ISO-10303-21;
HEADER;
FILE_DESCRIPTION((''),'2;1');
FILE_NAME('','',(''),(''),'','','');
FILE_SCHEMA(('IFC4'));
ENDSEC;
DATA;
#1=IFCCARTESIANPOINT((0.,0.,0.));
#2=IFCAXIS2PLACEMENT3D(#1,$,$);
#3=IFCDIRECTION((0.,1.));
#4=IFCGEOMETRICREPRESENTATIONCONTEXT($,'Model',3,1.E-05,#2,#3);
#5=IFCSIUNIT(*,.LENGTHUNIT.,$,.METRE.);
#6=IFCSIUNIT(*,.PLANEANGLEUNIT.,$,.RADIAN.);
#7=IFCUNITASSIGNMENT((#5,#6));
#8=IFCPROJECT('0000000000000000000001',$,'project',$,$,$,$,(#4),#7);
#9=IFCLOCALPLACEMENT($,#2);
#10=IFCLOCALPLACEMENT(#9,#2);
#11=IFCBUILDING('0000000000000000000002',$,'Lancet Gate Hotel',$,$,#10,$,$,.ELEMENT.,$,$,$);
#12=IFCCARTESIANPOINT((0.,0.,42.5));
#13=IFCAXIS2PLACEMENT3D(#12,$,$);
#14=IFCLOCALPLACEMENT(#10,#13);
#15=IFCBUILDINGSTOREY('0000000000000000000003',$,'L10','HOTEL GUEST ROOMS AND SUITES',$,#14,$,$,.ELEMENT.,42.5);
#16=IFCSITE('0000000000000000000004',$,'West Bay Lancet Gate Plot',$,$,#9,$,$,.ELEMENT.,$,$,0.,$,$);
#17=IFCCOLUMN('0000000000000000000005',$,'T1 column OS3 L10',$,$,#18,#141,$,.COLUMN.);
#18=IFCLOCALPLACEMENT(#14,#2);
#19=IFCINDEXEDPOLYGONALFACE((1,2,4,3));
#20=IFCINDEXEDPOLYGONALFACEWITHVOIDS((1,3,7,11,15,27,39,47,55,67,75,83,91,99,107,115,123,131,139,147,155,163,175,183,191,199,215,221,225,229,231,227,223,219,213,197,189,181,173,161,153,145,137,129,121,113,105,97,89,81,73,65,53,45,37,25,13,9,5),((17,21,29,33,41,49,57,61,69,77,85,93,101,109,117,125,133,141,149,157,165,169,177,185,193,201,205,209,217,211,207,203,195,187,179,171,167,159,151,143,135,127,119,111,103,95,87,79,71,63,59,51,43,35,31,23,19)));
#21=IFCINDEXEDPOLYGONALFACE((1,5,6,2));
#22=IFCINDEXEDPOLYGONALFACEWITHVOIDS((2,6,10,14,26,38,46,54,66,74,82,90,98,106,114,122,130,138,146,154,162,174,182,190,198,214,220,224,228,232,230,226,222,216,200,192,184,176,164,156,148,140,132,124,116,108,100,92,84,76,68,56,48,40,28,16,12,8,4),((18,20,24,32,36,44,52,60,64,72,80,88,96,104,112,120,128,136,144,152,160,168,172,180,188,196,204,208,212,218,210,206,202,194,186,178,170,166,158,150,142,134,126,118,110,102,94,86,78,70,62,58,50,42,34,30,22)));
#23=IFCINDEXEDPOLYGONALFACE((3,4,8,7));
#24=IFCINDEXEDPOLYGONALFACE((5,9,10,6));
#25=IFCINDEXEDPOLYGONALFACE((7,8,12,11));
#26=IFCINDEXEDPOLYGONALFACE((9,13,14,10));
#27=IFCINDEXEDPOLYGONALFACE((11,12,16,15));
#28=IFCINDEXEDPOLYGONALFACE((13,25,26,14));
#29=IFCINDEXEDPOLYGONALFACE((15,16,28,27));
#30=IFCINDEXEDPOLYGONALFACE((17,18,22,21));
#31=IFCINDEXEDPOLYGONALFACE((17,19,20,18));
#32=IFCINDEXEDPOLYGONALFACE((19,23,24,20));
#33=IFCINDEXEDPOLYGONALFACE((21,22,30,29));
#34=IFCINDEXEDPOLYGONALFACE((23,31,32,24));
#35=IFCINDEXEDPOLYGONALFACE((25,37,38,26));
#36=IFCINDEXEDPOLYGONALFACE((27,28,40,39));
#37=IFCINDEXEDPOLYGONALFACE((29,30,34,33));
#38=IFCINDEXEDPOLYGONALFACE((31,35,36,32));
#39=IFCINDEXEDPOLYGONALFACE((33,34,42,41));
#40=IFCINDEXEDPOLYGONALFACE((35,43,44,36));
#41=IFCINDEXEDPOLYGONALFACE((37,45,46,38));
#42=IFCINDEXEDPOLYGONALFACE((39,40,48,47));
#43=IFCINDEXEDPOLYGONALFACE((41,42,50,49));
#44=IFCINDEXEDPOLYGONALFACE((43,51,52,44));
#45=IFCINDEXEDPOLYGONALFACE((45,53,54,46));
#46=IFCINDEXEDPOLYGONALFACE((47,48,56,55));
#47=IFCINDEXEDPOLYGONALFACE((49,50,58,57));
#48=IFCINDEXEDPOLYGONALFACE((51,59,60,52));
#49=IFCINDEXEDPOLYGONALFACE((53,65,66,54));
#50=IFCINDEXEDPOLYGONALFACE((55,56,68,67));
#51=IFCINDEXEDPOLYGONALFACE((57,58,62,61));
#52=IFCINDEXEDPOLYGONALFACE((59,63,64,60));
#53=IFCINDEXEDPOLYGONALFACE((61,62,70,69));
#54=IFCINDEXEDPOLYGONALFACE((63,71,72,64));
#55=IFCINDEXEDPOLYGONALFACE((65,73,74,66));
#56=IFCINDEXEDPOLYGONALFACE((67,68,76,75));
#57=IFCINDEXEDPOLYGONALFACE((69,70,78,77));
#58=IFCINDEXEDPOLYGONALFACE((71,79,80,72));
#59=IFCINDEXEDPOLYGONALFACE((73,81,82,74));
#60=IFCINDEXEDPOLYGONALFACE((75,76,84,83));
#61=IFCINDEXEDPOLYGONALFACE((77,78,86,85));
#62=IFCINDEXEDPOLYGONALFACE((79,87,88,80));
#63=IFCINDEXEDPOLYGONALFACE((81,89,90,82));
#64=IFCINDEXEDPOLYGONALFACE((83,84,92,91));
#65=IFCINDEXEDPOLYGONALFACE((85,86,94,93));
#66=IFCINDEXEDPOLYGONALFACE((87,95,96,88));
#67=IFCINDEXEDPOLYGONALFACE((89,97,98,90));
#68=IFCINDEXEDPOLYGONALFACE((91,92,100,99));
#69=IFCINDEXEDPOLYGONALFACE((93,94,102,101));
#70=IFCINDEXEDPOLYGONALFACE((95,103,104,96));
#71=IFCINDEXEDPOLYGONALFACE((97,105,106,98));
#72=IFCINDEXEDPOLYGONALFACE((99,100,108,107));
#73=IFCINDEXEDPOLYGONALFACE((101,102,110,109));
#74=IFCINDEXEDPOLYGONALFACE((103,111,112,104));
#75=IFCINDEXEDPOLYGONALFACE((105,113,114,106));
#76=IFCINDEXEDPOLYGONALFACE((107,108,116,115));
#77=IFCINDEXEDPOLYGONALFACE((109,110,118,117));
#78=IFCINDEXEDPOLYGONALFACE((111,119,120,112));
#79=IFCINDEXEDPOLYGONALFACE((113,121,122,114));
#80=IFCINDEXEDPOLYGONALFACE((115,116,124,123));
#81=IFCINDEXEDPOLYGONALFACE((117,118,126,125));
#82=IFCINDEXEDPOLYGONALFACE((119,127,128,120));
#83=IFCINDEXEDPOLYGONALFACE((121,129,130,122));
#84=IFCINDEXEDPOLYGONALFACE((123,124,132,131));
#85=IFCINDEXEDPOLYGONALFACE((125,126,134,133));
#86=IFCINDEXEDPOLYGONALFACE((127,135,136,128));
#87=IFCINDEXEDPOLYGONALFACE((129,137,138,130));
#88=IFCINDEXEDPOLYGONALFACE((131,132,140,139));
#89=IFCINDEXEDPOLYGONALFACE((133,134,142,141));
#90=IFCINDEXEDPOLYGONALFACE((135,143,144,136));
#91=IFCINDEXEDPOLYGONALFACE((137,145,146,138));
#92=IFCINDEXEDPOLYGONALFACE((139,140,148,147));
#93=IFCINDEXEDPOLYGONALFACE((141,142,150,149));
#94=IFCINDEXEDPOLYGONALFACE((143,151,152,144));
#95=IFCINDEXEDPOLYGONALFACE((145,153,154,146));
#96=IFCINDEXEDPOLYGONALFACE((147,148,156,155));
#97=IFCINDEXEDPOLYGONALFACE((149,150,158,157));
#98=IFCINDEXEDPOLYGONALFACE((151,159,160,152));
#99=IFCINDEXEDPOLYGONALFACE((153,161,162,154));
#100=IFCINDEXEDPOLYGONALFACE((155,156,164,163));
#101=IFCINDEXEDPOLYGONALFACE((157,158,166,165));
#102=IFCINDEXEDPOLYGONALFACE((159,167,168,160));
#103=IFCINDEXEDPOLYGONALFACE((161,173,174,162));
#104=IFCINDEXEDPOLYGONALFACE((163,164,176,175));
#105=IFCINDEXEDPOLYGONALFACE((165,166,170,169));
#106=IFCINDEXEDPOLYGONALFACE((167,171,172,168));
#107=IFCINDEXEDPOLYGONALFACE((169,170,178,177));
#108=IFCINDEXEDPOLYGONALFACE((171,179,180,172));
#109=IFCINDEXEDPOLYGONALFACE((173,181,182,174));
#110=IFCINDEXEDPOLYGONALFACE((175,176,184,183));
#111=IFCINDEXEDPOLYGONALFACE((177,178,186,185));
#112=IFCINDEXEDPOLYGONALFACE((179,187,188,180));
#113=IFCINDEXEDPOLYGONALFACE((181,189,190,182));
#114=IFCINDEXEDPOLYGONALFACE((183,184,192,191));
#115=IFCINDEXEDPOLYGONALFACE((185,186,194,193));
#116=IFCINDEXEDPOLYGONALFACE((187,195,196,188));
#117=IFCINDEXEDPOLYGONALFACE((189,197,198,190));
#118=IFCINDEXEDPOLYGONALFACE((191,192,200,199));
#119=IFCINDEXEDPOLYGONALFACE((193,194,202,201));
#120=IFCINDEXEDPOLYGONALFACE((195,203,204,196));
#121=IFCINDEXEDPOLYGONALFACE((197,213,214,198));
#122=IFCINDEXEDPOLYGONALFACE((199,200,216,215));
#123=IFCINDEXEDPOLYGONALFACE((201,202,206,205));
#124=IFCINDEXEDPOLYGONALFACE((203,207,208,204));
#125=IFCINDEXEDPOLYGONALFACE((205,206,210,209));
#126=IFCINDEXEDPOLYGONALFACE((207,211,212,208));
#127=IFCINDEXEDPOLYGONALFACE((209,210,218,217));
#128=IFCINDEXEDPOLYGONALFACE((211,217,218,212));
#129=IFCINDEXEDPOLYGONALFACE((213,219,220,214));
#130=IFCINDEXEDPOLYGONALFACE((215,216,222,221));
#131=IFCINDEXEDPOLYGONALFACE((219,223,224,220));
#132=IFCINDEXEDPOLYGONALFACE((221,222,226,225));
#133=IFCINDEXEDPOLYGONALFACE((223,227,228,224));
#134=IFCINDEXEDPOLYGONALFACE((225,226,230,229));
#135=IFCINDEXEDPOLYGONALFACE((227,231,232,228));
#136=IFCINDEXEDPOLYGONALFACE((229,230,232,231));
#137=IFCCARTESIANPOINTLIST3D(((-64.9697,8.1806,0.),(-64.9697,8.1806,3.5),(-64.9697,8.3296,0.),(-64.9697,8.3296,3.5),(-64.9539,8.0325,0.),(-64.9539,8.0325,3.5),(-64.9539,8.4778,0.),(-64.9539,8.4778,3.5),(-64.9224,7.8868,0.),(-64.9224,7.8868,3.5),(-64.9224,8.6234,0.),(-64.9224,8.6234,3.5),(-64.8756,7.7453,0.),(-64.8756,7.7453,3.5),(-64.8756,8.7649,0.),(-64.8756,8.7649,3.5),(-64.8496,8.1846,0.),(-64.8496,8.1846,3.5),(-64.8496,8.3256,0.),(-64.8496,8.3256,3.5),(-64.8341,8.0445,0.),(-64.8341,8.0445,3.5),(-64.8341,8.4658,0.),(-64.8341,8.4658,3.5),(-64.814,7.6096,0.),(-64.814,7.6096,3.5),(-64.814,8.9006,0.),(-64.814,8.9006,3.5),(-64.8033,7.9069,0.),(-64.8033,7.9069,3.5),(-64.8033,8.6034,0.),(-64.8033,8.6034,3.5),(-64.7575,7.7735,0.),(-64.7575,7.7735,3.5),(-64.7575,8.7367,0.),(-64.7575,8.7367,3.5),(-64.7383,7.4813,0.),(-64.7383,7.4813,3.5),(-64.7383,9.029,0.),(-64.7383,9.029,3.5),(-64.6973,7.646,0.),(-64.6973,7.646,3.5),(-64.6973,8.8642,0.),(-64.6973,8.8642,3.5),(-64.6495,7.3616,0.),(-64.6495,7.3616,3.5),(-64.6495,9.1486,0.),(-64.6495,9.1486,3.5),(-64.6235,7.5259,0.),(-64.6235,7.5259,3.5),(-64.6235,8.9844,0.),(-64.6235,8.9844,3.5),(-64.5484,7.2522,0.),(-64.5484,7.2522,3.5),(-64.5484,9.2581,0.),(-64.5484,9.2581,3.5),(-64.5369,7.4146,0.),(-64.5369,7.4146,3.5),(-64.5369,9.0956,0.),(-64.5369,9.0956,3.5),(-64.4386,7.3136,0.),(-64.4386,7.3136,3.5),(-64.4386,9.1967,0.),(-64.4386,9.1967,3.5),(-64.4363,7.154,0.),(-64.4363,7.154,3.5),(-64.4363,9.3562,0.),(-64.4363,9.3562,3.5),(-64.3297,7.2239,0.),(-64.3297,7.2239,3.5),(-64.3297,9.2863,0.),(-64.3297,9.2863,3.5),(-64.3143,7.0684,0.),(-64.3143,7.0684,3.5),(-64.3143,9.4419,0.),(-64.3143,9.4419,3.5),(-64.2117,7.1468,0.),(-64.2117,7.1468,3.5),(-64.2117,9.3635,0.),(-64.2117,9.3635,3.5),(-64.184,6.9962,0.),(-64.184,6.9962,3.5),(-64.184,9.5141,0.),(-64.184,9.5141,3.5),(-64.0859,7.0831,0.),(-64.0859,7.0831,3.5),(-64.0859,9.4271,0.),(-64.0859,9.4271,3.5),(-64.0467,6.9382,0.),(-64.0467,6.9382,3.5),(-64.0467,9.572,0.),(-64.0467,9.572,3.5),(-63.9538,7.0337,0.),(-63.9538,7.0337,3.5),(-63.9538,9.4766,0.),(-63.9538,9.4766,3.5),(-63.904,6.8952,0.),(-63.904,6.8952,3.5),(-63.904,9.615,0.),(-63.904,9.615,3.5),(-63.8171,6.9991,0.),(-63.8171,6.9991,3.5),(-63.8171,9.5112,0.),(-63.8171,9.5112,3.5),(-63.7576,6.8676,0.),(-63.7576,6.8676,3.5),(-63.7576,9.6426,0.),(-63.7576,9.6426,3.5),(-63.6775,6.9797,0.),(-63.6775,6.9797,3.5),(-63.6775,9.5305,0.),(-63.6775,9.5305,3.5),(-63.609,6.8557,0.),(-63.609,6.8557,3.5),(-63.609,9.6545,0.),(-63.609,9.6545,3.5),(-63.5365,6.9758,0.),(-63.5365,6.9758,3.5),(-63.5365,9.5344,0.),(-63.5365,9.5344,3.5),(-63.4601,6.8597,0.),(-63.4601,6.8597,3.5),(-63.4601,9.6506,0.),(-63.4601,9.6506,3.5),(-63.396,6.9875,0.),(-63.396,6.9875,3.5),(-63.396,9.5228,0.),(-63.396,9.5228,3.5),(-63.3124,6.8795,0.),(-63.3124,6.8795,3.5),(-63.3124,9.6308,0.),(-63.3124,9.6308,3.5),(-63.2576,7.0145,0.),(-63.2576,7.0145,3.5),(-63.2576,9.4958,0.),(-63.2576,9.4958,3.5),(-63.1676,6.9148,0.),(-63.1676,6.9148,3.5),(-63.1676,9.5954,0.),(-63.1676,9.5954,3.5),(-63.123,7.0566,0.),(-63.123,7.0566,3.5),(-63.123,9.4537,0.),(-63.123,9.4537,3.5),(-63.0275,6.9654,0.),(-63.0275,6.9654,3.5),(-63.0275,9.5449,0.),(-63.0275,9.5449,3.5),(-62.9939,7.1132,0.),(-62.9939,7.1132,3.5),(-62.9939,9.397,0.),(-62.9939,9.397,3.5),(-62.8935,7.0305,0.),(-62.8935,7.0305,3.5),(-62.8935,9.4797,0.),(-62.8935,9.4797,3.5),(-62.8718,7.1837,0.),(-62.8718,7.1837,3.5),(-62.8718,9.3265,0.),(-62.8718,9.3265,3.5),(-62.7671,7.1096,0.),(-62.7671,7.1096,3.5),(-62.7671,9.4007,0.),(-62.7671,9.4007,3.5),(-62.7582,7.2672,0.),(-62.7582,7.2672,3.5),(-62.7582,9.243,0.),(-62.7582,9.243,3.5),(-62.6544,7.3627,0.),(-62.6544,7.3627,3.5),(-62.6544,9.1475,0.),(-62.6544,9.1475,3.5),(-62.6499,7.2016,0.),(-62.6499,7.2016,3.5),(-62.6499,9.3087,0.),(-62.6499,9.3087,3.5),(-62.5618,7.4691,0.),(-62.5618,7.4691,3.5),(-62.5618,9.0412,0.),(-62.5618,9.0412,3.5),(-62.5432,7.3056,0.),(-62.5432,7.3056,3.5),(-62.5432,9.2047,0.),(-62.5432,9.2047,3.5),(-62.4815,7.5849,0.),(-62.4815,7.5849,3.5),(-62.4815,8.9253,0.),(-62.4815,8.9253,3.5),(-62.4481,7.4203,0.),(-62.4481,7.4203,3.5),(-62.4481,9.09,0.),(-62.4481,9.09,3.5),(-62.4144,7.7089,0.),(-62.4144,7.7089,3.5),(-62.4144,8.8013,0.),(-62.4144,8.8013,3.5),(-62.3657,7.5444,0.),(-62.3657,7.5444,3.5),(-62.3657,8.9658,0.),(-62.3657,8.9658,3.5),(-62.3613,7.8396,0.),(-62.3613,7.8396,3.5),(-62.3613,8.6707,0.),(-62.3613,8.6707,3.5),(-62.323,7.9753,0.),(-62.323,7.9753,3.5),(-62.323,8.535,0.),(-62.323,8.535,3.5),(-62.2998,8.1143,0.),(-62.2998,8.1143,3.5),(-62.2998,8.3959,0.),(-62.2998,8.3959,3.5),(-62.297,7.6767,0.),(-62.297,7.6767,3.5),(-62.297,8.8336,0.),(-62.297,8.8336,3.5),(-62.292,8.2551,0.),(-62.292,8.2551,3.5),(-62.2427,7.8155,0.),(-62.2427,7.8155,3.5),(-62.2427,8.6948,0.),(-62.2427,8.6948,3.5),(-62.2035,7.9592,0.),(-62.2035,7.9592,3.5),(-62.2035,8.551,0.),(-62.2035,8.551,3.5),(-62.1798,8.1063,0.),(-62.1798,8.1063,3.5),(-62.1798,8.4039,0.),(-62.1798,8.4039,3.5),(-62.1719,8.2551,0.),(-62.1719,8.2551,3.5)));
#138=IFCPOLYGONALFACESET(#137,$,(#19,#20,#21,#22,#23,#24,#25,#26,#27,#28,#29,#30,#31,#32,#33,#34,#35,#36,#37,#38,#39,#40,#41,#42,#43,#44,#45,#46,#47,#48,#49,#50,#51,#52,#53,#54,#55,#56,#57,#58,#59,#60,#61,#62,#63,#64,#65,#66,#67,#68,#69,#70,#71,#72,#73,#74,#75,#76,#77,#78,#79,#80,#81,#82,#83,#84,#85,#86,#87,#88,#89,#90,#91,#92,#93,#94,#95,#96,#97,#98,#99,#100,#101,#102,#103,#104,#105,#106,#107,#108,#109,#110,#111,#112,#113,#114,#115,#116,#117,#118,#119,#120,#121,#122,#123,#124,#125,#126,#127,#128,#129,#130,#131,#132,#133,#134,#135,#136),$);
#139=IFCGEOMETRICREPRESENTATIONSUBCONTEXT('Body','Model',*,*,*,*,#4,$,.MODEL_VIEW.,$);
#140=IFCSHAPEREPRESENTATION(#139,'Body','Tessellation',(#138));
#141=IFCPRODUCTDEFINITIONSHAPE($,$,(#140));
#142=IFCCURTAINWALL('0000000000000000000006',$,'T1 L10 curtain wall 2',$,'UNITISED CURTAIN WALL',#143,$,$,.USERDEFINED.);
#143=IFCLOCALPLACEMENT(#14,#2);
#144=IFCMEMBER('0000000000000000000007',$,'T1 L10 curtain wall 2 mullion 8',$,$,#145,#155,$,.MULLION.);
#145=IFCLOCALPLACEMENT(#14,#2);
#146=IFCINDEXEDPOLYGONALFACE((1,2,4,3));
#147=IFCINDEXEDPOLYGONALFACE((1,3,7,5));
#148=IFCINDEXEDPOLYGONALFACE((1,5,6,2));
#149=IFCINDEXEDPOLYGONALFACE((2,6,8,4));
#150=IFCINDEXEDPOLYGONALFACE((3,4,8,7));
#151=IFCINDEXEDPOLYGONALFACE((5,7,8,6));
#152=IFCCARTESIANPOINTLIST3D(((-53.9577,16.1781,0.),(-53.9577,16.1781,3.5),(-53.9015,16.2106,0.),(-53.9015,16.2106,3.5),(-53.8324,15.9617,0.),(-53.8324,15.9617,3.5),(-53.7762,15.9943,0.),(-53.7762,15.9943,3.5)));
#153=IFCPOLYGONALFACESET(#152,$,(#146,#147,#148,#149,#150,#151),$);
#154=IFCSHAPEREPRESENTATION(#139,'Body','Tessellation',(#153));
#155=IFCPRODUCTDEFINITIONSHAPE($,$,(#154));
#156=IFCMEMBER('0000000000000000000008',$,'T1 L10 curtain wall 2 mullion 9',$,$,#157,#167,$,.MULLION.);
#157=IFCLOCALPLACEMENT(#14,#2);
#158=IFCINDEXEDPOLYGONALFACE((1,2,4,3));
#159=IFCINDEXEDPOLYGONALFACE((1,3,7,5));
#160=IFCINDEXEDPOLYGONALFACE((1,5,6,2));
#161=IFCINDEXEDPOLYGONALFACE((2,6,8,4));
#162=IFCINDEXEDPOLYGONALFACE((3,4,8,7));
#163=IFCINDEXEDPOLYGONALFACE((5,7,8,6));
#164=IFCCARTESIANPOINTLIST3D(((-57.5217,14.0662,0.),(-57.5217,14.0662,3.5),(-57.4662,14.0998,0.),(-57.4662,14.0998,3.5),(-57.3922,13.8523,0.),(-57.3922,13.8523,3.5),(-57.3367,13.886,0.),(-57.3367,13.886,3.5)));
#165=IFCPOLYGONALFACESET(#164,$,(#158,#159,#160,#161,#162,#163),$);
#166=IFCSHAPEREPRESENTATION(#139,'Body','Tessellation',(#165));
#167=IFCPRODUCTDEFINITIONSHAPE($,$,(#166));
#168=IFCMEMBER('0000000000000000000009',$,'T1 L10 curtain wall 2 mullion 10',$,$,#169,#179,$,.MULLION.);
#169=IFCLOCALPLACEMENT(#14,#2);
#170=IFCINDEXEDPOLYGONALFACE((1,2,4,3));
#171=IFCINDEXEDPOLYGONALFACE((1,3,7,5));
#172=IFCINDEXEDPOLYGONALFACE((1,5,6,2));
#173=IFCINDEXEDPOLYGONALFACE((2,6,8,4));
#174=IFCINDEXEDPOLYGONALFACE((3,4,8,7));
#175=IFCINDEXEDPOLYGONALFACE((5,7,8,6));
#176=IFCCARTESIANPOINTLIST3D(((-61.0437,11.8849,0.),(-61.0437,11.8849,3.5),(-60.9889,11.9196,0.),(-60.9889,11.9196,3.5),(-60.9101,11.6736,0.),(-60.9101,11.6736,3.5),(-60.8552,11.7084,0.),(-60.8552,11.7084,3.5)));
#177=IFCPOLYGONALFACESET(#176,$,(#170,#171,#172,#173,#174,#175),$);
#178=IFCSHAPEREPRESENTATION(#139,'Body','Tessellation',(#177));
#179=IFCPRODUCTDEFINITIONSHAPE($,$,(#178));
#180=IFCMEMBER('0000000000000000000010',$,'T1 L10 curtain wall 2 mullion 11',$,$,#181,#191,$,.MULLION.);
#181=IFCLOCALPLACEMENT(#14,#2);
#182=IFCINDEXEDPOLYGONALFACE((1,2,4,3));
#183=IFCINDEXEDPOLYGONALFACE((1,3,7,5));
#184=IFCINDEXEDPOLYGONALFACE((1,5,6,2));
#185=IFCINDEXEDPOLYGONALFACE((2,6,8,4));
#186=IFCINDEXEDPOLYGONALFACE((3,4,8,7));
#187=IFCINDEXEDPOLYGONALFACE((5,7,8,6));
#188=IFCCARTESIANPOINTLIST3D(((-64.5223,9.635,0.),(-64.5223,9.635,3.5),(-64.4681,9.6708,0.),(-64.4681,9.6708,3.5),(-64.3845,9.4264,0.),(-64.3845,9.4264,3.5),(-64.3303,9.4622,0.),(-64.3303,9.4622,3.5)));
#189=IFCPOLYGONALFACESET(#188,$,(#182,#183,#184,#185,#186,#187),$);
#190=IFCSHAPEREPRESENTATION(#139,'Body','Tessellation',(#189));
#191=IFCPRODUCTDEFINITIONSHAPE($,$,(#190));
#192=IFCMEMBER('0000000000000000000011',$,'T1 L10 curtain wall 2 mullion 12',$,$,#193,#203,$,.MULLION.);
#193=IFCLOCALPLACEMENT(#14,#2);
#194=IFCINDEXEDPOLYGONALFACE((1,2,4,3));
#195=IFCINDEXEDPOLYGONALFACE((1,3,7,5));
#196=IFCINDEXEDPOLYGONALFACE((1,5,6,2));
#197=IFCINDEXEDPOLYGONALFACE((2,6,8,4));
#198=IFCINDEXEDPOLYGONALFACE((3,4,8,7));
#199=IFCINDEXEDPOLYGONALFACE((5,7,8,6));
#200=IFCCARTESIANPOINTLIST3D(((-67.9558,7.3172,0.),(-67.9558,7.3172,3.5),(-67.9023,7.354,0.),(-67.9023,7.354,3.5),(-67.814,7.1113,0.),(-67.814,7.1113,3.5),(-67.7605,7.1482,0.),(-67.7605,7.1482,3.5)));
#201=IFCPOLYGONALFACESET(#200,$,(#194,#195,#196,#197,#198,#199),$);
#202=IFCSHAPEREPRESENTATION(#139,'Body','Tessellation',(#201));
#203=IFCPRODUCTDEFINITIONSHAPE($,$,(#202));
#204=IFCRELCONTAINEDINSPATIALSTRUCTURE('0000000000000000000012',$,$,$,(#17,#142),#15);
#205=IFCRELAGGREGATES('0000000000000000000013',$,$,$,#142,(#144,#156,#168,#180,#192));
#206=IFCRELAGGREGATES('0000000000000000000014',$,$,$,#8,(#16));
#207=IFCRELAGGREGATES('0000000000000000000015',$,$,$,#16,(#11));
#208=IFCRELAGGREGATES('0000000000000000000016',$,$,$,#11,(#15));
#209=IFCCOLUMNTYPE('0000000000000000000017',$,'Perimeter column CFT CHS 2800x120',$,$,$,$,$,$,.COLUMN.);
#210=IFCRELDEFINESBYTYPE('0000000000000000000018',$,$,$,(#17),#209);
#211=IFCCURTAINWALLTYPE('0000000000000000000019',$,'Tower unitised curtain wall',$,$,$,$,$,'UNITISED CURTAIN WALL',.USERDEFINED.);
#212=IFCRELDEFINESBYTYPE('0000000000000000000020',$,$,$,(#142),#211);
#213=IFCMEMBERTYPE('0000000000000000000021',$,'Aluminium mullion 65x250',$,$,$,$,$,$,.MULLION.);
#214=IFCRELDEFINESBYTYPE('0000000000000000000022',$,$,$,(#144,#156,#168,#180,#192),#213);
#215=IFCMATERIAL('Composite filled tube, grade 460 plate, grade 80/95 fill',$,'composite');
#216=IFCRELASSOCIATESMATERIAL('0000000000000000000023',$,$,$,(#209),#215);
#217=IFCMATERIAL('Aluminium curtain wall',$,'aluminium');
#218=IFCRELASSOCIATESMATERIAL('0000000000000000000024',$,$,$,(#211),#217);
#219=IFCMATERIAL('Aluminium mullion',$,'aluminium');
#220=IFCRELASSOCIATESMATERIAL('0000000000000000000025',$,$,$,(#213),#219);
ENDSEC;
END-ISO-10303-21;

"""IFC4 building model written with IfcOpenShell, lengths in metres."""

from ifc_helpers import new_model, si_unit, direction, frame, origin, origin_2d, place, context, subcontext, project, spatial, rectangle, hollow_circle, extrude, material, material_profile, profile_set, type_object, element, aggregate, save


model = new_model("IFC4")

# Units and contexts
model_context = context("Model", 3, precision=1e-05, world=origin(), true_north=direction((0.0, 1.0)))
body_context = subcontext(model_context, "Body", "Model", "MODEL_VIEW")
ifc_project = project(units=[si_unit("LENGTHUNIT", "METRE"), si_unit("PLANEANGLEUNIT", "RADIAN")], contexts=[model_context])

# Site, building, storey
site_placement = place(None, origin())
site = spatial("IfcSite", under=ifc_project, at=site_placement, Name="West Bay Lancet Gate Plot", CompositionType="ELEMENT", RefElevation=0.0)
building_placement = place(site_placement, origin())
building = spatial("IfcBuilding", under=site, at=building_placement, Name="Lancet Gate Hotel", CompositionType="ELEMENT")
storey_placement = place(building_placement, frame((0.0, 0.0, 42.5)))
storey = spatial("IfcBuildingStorey", under=building, at=storey_placement, Name="L10", Description="HOTEL GUEST ROOMS AND SUITES", CompositionType="ELEMENT", Elevation=42.5)

# Column
ifc_material_1 = material(Name="Composite filled tube, grade 460 plate, grade 80/95 fill", Category="composite")
ifc_material_profile_1 = material_profile(ifc_material_1, hollow_circle(Radius=1.3999, WallThickness=0.1201, at=origin_2d()), Name="CHS 2800x120")
ifc_profile_set_1 = profile_set([ifc_material_profile_1], Name="Composite filled tube, grade 460 plate, grade 80/95 fill")
column_type = type_object("IfcColumnType", Name="Perimeter column CFT CHS 2800x120", PredefinedType="COLUMN", material=ifc_profile_set_1)
column_placement = place(storey_placement, frame((-63.5718, 8.2551, 0.0), z_axis=(0.0, 0.0, 1.0), x_axis=(1.0, 0.0, 0.0)))
element("IfcColumn", 1, at=column_placement, inside=storey, type_object=column_type, Name="T1 column OS3 L10", PredefinedType="COLUMN", context=body_context, shape_type="SweptSolid", body=[
    extrude(hollow_circle(Radius=1.3999, WallThickness=0.1201, at=origin_2d()), origin(), (0.0, 0.0, 1.0), 3.5),
])

# Curtain wall, members
ifc_material_2 = material(Name="Aluminium curtain wall", Category="aluminium")
curtain_wall_type = type_object("IfcCurtainWallType", Name="Tower unitised curtain wall", ElementType="UNITISED CURTAIN WALL", PredefinedType="USERDEFINED", material=ifc_material_2)
curtain_wall_placement = place(storey_placement, origin())
curtain_wall = element("IfcCurtainWall", 2, at=curtain_wall_placement, inside=storey, type_object=curtain_wall_type, Name="T1 L10 curtain wall 2", ObjectType="UNITISED CURTAIN WALL", PredefinedType="USERDEFINED")
ifc_material_3 = material(Name="Aluminium mullion", Category="aluminium")
ifc_material_profile_2 = material_profile(ifc_material_3, rectangle(XDim=0.0649, YDim=0.25, at=origin_2d()), Name="MULLION 65x250")
ifc_profile_set_2 = profile_set([ifc_material_profile_2], Name="Aluminium mullion")
member_type_1 = type_object("IfcMemberType", Name="Aluminium mullion 65x250", PredefinedType="MULLION", material=ifc_profile_set_2)
member_1_placement = place(storey_placement, frame((-53.8669, 16.0862, 0.0), z_axis=(0.0, 0.0, 1.0), x_axis=(-0.865335, -0.501194, 0.0)))
member_1 = element("IfcMember", 3, at=member_1_placement, type_object=member_type_1, Name="T1 L10 curtain wall 2 mullion 8", PredefinedType="MULLION", context=body_context, shape_type="SweptSolid", body=[
    extrude(rectangle(XDim=0.0649, YDim=0.25, at=origin_2d()), origin(), (0.0, 0.0, 1.0), 3.5),
])
member_2_placement = place(storey_placement, frame((-57.4292, 13.9761, 0.0), z_axis=(0.0, 0.0, 1.0), x_axis=(-0.855346, -0.518057, 0.0)))
member_2 = element("IfcMember", 4, at=member_2_placement, type_object=member_type_1, Name="T1 L10 curtain wall 2 mullion 9", PredefinedType="MULLION", context=body_context, shape_type="SweptSolid", body=[
    extrude(rectangle(XDim=0.0649, YDim=0.25, at=origin_2d()), origin(), (0.0, 0.0, 1.0), 3.5),
])
member_3_placement = place(storey_placement, frame((-60.9495, 11.7966, 0.0), z_axis=(0.0, 0.0, 1.0), x_axis=(-0.845029, -0.53472, 0.0)))
member_3 = element("IfcMember", 5, at=member_3_placement, type_object=member_type_1, Name="T1 L10 curtain wall 2 mullion 10", PredefinedType="MULLION", context=body_context, shape_type="SweptSolid", body=[
    extrude(rectangle(XDim=0.0649, YDim=0.25, at=origin_2d()), origin(), (0.0, 0.0, 1.0), 3.5),
])
member_4_placement = place(storey_placement, frame((-64.4263, 9.5486, 0.0), z_axis=(0.0, 0.0, 1.0), x_axis=(-0.834387, -0.551178, 0.0)))
member_4 = element("IfcMember", 6, at=member_4_placement, type_object=member_type_1, Name="T1 L10 curtain wall 2 mullion 11", PredefinedType="MULLION", context=body_context, shape_type="SweptSolid", body=[
    extrude(rectangle(XDim=0.0649, YDim=0.25, at=origin_2d()), origin(), (0.0, 0.0, 1.0), 3.5),
])
member_5_placement = place(storey_placement, frame((-67.8582, 7.2327, 0.0), z_axis=(0.0, 0.0, 1.0), x_axis=(-0.823425, -0.567425, 0.0)))
member_5 = element("IfcMember", 7, at=member_5_placement, type_object=member_type_1, Name="T1 L10 curtain wall 2 mullion 12", PredefinedType="MULLION", context=body_context, shape_type="SweptSolid", body=[
    extrude(rectangle(XDim=0.0649, YDim=0.25, at=origin_2d()), origin(), (0.0, 0.0, 1.0), 3.5),
])

aggregate(curtain_wall, [member_1, member_2, member_3, member_4, member_5])

save(model, "model.ifc")
